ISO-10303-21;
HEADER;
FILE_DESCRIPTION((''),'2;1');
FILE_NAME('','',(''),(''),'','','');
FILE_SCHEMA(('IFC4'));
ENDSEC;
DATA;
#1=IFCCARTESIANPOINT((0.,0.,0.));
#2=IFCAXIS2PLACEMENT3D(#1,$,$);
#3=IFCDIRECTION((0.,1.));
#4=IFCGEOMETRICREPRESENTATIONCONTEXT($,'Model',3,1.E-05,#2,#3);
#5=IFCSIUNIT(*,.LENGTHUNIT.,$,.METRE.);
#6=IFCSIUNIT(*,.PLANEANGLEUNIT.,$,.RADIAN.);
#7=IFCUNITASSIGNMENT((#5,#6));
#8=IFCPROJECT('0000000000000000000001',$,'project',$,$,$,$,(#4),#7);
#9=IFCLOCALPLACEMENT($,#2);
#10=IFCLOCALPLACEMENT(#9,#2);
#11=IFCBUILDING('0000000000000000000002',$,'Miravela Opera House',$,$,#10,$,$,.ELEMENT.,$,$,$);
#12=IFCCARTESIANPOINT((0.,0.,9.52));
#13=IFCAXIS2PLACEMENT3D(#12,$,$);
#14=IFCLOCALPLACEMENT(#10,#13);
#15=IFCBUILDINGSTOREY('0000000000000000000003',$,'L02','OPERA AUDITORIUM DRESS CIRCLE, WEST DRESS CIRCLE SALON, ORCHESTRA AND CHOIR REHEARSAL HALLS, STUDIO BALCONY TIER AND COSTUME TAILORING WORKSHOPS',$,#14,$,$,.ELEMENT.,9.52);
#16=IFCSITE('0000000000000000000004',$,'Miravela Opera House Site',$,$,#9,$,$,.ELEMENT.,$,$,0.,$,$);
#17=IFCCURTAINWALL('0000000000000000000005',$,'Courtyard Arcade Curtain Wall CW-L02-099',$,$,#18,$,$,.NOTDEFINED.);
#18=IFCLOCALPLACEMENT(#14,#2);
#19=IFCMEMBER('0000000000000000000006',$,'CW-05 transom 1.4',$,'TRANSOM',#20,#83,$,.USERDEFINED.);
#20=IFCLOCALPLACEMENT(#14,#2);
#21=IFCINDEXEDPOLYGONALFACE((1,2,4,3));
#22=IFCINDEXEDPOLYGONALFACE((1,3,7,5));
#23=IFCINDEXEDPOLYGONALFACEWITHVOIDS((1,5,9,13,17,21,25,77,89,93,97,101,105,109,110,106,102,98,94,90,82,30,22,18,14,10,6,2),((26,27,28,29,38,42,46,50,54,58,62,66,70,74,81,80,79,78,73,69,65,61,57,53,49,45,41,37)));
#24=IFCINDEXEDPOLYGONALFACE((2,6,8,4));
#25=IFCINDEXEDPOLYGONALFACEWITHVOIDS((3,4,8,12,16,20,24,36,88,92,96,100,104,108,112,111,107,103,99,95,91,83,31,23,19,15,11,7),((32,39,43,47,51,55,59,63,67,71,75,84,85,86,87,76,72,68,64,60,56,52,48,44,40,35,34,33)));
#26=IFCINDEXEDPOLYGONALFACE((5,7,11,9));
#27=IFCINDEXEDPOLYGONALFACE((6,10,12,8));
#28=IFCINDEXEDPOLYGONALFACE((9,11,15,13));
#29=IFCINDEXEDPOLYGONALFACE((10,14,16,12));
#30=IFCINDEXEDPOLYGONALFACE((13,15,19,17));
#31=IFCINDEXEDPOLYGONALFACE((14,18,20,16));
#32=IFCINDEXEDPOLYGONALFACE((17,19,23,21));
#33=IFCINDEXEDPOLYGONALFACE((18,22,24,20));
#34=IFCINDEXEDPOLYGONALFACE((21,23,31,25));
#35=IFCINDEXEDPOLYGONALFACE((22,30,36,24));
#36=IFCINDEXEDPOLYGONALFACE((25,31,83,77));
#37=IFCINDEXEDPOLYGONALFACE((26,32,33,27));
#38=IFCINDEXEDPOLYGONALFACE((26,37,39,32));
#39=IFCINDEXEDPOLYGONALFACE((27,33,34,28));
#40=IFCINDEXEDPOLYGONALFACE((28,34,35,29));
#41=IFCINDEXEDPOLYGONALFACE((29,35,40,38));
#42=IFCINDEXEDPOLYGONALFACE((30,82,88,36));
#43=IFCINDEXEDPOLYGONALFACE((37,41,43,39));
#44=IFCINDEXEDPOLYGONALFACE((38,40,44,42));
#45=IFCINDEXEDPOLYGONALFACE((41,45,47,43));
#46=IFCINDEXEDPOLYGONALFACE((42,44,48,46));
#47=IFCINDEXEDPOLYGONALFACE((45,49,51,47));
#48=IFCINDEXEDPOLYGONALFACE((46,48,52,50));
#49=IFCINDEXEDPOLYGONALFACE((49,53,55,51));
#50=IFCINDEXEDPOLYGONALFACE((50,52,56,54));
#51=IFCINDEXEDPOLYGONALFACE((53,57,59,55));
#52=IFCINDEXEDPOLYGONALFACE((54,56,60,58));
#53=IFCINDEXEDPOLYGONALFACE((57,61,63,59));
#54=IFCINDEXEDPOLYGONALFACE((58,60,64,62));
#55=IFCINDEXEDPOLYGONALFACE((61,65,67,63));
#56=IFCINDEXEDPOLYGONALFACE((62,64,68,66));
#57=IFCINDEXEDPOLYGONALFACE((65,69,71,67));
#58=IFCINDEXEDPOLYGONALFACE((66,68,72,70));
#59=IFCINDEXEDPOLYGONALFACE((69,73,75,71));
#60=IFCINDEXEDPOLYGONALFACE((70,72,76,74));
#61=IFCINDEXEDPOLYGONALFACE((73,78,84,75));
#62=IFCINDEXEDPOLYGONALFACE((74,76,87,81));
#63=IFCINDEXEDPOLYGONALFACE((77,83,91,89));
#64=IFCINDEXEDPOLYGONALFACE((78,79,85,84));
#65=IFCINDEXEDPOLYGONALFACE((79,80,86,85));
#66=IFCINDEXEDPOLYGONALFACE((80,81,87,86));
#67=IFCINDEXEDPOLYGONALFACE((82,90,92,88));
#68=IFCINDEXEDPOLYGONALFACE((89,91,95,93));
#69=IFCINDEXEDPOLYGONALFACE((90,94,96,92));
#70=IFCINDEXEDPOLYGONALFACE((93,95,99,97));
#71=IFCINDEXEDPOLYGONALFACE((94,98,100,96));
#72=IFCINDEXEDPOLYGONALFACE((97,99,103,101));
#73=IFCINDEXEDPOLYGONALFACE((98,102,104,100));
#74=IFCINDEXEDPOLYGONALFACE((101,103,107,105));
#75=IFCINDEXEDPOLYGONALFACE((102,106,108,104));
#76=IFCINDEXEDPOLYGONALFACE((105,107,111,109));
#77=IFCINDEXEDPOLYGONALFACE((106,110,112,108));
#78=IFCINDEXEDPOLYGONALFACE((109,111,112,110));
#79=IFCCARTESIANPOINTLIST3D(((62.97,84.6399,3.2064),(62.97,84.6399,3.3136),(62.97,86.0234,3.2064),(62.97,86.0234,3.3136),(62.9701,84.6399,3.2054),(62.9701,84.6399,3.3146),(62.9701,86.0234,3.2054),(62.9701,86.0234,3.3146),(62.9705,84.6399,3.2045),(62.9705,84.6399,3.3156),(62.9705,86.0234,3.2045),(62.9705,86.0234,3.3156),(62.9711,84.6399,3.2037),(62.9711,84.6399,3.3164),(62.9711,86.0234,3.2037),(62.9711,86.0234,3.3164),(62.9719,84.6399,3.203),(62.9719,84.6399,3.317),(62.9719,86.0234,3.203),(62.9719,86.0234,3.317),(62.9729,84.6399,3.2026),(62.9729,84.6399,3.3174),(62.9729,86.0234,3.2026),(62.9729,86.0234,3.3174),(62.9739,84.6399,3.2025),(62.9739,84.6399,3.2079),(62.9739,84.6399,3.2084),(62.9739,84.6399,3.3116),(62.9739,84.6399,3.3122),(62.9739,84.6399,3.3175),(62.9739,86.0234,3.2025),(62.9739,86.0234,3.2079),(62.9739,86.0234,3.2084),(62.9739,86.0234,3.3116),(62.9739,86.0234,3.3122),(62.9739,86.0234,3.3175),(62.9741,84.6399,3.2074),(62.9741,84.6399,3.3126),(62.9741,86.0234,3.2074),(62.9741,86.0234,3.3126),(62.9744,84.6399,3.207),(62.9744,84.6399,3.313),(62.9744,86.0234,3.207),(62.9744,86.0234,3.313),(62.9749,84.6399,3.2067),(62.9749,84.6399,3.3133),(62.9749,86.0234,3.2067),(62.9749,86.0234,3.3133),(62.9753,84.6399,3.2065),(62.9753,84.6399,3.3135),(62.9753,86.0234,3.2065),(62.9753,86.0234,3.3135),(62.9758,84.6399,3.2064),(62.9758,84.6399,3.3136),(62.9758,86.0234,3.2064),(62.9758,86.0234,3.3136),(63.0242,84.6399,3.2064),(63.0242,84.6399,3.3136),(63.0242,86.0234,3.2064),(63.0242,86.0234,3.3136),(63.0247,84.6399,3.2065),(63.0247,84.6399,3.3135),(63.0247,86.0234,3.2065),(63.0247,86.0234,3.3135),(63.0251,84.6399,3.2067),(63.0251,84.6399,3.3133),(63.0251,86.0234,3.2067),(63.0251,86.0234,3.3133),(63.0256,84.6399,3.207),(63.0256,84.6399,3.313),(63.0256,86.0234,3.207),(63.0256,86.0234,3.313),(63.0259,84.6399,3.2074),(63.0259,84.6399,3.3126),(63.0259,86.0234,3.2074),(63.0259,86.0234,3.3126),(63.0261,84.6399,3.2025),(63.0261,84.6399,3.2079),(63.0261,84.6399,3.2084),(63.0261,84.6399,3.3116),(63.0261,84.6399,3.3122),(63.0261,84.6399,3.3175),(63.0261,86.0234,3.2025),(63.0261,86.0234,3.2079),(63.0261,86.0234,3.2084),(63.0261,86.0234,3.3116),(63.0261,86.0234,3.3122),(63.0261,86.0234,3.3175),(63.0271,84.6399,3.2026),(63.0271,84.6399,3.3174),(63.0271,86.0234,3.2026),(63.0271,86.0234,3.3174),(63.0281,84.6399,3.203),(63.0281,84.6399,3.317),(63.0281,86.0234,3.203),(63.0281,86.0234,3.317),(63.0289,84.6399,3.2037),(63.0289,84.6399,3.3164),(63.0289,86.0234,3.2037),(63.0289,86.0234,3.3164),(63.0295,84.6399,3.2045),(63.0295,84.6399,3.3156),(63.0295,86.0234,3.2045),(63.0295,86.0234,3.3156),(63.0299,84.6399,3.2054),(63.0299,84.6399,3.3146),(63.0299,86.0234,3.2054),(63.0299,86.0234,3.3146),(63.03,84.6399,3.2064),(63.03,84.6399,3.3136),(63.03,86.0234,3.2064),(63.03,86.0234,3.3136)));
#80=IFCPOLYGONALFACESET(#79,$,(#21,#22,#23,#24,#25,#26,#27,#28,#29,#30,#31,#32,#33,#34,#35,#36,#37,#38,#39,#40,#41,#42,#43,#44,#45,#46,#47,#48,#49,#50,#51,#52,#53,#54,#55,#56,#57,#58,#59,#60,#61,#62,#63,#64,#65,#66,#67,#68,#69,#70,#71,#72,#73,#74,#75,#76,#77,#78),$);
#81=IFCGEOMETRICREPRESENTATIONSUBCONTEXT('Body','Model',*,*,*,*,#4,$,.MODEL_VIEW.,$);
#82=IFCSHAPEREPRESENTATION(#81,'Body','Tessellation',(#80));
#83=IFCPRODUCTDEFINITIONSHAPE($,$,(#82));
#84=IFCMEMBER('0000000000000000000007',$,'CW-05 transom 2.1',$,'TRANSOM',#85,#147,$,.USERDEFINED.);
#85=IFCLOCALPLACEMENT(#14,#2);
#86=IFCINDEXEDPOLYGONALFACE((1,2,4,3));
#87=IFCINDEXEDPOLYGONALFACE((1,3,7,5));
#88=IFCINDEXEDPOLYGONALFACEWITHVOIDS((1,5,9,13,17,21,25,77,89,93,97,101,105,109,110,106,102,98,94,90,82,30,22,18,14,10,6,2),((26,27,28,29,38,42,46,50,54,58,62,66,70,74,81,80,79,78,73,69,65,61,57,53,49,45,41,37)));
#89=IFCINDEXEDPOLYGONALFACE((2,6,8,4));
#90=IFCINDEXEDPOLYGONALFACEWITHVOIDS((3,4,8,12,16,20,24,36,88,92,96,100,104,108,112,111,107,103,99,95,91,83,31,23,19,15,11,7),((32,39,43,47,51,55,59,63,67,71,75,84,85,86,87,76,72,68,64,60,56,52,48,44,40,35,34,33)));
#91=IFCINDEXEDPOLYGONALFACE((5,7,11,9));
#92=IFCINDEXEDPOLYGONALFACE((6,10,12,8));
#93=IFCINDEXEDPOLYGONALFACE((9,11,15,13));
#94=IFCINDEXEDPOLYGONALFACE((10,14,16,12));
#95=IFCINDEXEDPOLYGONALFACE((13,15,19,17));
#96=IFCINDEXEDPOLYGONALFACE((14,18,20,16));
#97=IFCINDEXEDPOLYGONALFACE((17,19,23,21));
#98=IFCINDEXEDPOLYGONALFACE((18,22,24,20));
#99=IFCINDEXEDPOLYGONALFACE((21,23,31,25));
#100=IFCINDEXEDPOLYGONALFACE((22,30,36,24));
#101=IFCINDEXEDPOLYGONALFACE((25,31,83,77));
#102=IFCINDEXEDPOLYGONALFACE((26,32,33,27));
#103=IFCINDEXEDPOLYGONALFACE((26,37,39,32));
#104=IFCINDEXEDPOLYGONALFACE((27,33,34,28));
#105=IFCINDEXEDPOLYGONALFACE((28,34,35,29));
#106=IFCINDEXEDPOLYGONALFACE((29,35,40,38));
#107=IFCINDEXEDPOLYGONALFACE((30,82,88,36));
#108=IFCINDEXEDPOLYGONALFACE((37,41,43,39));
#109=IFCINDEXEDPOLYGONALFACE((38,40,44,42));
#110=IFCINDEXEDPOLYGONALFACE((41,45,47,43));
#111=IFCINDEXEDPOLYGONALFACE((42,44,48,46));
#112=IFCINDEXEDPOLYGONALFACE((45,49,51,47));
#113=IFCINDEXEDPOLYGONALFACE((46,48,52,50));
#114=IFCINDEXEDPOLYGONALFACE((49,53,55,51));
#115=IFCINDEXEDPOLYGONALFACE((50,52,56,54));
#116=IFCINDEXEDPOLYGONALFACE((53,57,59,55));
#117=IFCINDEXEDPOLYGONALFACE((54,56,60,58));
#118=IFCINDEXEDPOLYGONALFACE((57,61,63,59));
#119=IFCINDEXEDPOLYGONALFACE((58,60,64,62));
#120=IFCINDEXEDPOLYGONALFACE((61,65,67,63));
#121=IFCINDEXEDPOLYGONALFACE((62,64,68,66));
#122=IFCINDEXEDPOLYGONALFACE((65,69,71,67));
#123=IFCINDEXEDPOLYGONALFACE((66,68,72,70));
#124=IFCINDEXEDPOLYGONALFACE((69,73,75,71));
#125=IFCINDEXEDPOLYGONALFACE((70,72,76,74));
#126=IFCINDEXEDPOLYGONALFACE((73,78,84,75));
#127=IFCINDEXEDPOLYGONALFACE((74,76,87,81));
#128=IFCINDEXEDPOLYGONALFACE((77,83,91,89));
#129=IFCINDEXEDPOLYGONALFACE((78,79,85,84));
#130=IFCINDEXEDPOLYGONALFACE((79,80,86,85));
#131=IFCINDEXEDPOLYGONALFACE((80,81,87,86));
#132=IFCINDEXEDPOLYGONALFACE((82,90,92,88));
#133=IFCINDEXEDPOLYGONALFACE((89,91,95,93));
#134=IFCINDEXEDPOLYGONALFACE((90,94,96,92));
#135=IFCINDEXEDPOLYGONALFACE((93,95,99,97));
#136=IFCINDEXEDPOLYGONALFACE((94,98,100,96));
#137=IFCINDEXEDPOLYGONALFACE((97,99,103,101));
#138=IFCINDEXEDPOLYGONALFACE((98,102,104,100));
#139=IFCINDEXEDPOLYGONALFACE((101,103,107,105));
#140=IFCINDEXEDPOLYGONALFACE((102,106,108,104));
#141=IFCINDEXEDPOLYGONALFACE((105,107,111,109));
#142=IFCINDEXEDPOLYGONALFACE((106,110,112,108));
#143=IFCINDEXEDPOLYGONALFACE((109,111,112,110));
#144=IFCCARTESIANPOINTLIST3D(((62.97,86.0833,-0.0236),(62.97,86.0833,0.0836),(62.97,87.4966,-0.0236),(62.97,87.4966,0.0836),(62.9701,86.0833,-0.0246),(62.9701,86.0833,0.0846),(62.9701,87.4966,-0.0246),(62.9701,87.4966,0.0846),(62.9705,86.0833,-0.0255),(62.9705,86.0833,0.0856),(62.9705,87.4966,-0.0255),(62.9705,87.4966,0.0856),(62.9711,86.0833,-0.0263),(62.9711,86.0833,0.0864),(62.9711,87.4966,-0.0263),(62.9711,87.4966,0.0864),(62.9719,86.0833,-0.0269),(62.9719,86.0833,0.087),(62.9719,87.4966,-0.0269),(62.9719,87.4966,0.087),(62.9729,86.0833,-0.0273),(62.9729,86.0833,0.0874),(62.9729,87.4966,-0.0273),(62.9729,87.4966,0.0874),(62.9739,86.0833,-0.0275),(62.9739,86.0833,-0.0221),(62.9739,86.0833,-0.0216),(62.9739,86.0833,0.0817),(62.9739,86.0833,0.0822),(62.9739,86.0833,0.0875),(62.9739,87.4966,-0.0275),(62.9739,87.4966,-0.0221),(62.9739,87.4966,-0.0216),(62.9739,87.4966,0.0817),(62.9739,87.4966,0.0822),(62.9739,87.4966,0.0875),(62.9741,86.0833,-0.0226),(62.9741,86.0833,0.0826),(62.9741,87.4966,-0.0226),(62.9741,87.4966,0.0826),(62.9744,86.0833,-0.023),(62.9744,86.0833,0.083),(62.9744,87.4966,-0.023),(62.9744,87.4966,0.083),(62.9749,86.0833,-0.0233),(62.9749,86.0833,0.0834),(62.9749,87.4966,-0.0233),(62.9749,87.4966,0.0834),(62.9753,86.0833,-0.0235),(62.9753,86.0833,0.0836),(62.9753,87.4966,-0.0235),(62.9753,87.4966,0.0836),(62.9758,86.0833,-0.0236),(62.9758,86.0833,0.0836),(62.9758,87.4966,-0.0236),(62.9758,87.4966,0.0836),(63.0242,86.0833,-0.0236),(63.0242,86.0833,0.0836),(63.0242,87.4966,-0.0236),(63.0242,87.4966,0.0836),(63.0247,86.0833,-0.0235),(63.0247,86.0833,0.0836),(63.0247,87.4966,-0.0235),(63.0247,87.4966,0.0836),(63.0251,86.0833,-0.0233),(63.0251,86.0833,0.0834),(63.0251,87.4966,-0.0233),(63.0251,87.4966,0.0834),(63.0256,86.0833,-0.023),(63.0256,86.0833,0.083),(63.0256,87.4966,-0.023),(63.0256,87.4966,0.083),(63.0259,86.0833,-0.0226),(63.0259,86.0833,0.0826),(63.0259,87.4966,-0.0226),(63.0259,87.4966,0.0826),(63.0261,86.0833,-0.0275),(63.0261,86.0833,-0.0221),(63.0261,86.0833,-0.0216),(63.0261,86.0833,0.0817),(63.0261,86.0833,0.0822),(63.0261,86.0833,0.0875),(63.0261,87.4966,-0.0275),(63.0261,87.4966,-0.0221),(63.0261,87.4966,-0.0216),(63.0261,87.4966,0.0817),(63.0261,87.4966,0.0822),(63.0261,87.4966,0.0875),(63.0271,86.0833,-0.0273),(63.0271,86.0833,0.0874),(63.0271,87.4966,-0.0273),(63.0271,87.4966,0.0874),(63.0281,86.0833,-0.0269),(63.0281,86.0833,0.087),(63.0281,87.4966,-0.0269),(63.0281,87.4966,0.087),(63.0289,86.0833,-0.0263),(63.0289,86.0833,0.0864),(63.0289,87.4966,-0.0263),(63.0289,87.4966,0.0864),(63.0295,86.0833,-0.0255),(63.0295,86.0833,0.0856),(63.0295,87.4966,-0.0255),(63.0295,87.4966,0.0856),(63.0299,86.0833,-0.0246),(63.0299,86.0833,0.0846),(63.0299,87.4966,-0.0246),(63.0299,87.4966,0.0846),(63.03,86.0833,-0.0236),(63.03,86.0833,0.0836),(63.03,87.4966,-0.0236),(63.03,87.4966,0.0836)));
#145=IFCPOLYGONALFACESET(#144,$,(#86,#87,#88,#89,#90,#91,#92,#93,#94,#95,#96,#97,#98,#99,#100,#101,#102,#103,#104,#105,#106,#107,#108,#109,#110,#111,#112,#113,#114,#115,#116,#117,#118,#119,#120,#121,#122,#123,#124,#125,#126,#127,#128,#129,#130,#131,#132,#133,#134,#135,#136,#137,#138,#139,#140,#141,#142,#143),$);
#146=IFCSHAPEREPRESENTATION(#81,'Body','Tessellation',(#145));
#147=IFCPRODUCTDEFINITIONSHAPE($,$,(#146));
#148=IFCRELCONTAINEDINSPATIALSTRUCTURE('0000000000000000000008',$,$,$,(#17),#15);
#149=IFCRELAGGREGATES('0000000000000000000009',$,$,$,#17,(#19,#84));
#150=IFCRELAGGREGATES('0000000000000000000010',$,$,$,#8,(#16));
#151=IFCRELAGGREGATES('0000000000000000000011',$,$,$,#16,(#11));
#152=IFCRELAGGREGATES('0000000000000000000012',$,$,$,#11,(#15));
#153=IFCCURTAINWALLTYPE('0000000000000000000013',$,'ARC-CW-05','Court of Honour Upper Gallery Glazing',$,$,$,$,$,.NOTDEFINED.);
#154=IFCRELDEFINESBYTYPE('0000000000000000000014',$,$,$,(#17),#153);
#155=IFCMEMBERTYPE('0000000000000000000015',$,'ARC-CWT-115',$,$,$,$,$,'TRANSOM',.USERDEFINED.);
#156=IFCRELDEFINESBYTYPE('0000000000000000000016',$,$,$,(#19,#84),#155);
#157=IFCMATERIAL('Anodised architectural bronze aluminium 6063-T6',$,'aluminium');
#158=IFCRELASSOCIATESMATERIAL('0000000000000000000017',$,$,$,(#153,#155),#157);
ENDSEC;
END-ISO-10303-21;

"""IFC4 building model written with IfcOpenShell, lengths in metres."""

from ifc_helpers import new_model, si_unit, direction, frame, origin, origin_2d, place, context, subcontext, project, spatial, hollow_rectangle, extrude, material, material_profile, profile_set, type_object, element, aggregate, save


model = new_model("IFC4")

# Units and contexts
model_context = context("Model", 3, precision=1e-05, world=origin(), true_north=direction((0.0, 1.0)))
body_context = subcontext(model_context, "Body", "Model", "MODEL_VIEW")
ifc_project = project(units=[si_unit("LENGTHUNIT", "METRE"), si_unit("PLANEANGLEUNIT", "RADIAN")], contexts=[model_context])

# Site, building, storey
site_placement = place(None, origin())
site = spatial("IfcSite", under=ifc_project, at=site_placement, Name="Miravela Opera House Site", CompositionType="ELEMENT", RefElevation=0.0)
building_placement = place(site_placement, origin())
building = spatial("IfcBuilding", under=site, at=building_placement, Name="Miravela Opera House", CompositionType="ELEMENT")
storey_placement = place(building_placement, frame((0.0, 0.0, 9.52)))
storey = spatial("IfcBuildingStorey", under=building, at=storey_placement, Name="L02", Description="OPERA AUDITORIUM DRESS CIRCLE, WEST DRESS CIRCLE SALON, ORCHESTRA AND CHOIR REHEARSAL HALLS, STUDIO BALCONY TIER AND COSTUME TAILORING WORKSHOPS", CompositionType="ELEMENT", Elevation=9.52)

# Curtain wall, members
ifc_material_1 = material(Name="Anodised architectural bronze aluminium 6063-T6", Category="aluminium")
curtain_wall_type = type_object("IfcCurtainWallType", Name="ARC-CW-05", Description="Court of Honour Upper Gallery Glazing", PredefinedType="NOTDEFINED", material=ifc_material_1)
curtain_wall_placement = place(storey_placement, origin())
curtain_wall = element("IfcCurtainWall", 1, at=curtain_wall_placement, inside=storey, type_object=curtain_wall_type, Name="Courtyard Arcade Curtain Wall CW-L02-099", PredefinedType="NOTDEFINED")
ifc_material_profile_1 = material_profile(ifc_material_1, hollow_rectangle(XDim=0.0601, YDim=0.115, WallThickness=0.0039, InnerFilletRadius=0.002, OuterFilletRadius=0.0039, at=origin_2d()), Name="CWT-60X115")
ifc_profile_set_1 = profile_set([ifc_material_profile_1])
member_type_1 = type_object("IfcMemberType", Name="ARC-CWT-115", ElementType="TRANSOM", PredefinedType="USERDEFINED", material=ifc_profile_set_1)
member_1_placement = place(storey_placement, frame((63.0, 84.6399, 3.26), z_axis=(0.0, 1.0, 0.0), x_axis=(-1.0, 0.0, 0.0)))
member_1 = element("IfcMember", 2, at=member_1_placement, type_object=member_type_1, Name="CW-05 transom 1.4", ObjectType="TRANSOM", PredefinedType="USERDEFINED", context=body_context, shape_type="SweptSolid", body=[
    extrude(hollow_rectangle(XDim=0.0601, YDim=0.115, WallThickness=0.0039, InnerFilletRadius=0.002, OuterFilletRadius=0.0039, at=origin_2d()), origin(), (0.0, 0.0, 1.0), 1.3835),
])
member_2_placement = place(storey_placement, frame((63.0, 86.0833, 0.03), z_axis=(0.0, 1.0, 0.0), x_axis=(-1.0, 0.0, 0.0)))
member_2 = element("IfcMember", 3, at=member_2_placement, type_object=member_type_1, Name="CW-05 transom 2.1", ObjectType="TRANSOM", PredefinedType="USERDEFINED", context=body_context, shape_type="SweptSolid", body=[
    extrude(hollow_rectangle(XDim=0.0601, YDim=0.115, WallThickness=0.0039, InnerFilletRadius=0.002, OuterFilletRadius=0.0039, at=origin_2d()), origin(), (0.0, 0.0, 1.0), 1.4133),
])
aggregate(curtain_wall, [member_1, member_2])

save(model, "model.ifc")
